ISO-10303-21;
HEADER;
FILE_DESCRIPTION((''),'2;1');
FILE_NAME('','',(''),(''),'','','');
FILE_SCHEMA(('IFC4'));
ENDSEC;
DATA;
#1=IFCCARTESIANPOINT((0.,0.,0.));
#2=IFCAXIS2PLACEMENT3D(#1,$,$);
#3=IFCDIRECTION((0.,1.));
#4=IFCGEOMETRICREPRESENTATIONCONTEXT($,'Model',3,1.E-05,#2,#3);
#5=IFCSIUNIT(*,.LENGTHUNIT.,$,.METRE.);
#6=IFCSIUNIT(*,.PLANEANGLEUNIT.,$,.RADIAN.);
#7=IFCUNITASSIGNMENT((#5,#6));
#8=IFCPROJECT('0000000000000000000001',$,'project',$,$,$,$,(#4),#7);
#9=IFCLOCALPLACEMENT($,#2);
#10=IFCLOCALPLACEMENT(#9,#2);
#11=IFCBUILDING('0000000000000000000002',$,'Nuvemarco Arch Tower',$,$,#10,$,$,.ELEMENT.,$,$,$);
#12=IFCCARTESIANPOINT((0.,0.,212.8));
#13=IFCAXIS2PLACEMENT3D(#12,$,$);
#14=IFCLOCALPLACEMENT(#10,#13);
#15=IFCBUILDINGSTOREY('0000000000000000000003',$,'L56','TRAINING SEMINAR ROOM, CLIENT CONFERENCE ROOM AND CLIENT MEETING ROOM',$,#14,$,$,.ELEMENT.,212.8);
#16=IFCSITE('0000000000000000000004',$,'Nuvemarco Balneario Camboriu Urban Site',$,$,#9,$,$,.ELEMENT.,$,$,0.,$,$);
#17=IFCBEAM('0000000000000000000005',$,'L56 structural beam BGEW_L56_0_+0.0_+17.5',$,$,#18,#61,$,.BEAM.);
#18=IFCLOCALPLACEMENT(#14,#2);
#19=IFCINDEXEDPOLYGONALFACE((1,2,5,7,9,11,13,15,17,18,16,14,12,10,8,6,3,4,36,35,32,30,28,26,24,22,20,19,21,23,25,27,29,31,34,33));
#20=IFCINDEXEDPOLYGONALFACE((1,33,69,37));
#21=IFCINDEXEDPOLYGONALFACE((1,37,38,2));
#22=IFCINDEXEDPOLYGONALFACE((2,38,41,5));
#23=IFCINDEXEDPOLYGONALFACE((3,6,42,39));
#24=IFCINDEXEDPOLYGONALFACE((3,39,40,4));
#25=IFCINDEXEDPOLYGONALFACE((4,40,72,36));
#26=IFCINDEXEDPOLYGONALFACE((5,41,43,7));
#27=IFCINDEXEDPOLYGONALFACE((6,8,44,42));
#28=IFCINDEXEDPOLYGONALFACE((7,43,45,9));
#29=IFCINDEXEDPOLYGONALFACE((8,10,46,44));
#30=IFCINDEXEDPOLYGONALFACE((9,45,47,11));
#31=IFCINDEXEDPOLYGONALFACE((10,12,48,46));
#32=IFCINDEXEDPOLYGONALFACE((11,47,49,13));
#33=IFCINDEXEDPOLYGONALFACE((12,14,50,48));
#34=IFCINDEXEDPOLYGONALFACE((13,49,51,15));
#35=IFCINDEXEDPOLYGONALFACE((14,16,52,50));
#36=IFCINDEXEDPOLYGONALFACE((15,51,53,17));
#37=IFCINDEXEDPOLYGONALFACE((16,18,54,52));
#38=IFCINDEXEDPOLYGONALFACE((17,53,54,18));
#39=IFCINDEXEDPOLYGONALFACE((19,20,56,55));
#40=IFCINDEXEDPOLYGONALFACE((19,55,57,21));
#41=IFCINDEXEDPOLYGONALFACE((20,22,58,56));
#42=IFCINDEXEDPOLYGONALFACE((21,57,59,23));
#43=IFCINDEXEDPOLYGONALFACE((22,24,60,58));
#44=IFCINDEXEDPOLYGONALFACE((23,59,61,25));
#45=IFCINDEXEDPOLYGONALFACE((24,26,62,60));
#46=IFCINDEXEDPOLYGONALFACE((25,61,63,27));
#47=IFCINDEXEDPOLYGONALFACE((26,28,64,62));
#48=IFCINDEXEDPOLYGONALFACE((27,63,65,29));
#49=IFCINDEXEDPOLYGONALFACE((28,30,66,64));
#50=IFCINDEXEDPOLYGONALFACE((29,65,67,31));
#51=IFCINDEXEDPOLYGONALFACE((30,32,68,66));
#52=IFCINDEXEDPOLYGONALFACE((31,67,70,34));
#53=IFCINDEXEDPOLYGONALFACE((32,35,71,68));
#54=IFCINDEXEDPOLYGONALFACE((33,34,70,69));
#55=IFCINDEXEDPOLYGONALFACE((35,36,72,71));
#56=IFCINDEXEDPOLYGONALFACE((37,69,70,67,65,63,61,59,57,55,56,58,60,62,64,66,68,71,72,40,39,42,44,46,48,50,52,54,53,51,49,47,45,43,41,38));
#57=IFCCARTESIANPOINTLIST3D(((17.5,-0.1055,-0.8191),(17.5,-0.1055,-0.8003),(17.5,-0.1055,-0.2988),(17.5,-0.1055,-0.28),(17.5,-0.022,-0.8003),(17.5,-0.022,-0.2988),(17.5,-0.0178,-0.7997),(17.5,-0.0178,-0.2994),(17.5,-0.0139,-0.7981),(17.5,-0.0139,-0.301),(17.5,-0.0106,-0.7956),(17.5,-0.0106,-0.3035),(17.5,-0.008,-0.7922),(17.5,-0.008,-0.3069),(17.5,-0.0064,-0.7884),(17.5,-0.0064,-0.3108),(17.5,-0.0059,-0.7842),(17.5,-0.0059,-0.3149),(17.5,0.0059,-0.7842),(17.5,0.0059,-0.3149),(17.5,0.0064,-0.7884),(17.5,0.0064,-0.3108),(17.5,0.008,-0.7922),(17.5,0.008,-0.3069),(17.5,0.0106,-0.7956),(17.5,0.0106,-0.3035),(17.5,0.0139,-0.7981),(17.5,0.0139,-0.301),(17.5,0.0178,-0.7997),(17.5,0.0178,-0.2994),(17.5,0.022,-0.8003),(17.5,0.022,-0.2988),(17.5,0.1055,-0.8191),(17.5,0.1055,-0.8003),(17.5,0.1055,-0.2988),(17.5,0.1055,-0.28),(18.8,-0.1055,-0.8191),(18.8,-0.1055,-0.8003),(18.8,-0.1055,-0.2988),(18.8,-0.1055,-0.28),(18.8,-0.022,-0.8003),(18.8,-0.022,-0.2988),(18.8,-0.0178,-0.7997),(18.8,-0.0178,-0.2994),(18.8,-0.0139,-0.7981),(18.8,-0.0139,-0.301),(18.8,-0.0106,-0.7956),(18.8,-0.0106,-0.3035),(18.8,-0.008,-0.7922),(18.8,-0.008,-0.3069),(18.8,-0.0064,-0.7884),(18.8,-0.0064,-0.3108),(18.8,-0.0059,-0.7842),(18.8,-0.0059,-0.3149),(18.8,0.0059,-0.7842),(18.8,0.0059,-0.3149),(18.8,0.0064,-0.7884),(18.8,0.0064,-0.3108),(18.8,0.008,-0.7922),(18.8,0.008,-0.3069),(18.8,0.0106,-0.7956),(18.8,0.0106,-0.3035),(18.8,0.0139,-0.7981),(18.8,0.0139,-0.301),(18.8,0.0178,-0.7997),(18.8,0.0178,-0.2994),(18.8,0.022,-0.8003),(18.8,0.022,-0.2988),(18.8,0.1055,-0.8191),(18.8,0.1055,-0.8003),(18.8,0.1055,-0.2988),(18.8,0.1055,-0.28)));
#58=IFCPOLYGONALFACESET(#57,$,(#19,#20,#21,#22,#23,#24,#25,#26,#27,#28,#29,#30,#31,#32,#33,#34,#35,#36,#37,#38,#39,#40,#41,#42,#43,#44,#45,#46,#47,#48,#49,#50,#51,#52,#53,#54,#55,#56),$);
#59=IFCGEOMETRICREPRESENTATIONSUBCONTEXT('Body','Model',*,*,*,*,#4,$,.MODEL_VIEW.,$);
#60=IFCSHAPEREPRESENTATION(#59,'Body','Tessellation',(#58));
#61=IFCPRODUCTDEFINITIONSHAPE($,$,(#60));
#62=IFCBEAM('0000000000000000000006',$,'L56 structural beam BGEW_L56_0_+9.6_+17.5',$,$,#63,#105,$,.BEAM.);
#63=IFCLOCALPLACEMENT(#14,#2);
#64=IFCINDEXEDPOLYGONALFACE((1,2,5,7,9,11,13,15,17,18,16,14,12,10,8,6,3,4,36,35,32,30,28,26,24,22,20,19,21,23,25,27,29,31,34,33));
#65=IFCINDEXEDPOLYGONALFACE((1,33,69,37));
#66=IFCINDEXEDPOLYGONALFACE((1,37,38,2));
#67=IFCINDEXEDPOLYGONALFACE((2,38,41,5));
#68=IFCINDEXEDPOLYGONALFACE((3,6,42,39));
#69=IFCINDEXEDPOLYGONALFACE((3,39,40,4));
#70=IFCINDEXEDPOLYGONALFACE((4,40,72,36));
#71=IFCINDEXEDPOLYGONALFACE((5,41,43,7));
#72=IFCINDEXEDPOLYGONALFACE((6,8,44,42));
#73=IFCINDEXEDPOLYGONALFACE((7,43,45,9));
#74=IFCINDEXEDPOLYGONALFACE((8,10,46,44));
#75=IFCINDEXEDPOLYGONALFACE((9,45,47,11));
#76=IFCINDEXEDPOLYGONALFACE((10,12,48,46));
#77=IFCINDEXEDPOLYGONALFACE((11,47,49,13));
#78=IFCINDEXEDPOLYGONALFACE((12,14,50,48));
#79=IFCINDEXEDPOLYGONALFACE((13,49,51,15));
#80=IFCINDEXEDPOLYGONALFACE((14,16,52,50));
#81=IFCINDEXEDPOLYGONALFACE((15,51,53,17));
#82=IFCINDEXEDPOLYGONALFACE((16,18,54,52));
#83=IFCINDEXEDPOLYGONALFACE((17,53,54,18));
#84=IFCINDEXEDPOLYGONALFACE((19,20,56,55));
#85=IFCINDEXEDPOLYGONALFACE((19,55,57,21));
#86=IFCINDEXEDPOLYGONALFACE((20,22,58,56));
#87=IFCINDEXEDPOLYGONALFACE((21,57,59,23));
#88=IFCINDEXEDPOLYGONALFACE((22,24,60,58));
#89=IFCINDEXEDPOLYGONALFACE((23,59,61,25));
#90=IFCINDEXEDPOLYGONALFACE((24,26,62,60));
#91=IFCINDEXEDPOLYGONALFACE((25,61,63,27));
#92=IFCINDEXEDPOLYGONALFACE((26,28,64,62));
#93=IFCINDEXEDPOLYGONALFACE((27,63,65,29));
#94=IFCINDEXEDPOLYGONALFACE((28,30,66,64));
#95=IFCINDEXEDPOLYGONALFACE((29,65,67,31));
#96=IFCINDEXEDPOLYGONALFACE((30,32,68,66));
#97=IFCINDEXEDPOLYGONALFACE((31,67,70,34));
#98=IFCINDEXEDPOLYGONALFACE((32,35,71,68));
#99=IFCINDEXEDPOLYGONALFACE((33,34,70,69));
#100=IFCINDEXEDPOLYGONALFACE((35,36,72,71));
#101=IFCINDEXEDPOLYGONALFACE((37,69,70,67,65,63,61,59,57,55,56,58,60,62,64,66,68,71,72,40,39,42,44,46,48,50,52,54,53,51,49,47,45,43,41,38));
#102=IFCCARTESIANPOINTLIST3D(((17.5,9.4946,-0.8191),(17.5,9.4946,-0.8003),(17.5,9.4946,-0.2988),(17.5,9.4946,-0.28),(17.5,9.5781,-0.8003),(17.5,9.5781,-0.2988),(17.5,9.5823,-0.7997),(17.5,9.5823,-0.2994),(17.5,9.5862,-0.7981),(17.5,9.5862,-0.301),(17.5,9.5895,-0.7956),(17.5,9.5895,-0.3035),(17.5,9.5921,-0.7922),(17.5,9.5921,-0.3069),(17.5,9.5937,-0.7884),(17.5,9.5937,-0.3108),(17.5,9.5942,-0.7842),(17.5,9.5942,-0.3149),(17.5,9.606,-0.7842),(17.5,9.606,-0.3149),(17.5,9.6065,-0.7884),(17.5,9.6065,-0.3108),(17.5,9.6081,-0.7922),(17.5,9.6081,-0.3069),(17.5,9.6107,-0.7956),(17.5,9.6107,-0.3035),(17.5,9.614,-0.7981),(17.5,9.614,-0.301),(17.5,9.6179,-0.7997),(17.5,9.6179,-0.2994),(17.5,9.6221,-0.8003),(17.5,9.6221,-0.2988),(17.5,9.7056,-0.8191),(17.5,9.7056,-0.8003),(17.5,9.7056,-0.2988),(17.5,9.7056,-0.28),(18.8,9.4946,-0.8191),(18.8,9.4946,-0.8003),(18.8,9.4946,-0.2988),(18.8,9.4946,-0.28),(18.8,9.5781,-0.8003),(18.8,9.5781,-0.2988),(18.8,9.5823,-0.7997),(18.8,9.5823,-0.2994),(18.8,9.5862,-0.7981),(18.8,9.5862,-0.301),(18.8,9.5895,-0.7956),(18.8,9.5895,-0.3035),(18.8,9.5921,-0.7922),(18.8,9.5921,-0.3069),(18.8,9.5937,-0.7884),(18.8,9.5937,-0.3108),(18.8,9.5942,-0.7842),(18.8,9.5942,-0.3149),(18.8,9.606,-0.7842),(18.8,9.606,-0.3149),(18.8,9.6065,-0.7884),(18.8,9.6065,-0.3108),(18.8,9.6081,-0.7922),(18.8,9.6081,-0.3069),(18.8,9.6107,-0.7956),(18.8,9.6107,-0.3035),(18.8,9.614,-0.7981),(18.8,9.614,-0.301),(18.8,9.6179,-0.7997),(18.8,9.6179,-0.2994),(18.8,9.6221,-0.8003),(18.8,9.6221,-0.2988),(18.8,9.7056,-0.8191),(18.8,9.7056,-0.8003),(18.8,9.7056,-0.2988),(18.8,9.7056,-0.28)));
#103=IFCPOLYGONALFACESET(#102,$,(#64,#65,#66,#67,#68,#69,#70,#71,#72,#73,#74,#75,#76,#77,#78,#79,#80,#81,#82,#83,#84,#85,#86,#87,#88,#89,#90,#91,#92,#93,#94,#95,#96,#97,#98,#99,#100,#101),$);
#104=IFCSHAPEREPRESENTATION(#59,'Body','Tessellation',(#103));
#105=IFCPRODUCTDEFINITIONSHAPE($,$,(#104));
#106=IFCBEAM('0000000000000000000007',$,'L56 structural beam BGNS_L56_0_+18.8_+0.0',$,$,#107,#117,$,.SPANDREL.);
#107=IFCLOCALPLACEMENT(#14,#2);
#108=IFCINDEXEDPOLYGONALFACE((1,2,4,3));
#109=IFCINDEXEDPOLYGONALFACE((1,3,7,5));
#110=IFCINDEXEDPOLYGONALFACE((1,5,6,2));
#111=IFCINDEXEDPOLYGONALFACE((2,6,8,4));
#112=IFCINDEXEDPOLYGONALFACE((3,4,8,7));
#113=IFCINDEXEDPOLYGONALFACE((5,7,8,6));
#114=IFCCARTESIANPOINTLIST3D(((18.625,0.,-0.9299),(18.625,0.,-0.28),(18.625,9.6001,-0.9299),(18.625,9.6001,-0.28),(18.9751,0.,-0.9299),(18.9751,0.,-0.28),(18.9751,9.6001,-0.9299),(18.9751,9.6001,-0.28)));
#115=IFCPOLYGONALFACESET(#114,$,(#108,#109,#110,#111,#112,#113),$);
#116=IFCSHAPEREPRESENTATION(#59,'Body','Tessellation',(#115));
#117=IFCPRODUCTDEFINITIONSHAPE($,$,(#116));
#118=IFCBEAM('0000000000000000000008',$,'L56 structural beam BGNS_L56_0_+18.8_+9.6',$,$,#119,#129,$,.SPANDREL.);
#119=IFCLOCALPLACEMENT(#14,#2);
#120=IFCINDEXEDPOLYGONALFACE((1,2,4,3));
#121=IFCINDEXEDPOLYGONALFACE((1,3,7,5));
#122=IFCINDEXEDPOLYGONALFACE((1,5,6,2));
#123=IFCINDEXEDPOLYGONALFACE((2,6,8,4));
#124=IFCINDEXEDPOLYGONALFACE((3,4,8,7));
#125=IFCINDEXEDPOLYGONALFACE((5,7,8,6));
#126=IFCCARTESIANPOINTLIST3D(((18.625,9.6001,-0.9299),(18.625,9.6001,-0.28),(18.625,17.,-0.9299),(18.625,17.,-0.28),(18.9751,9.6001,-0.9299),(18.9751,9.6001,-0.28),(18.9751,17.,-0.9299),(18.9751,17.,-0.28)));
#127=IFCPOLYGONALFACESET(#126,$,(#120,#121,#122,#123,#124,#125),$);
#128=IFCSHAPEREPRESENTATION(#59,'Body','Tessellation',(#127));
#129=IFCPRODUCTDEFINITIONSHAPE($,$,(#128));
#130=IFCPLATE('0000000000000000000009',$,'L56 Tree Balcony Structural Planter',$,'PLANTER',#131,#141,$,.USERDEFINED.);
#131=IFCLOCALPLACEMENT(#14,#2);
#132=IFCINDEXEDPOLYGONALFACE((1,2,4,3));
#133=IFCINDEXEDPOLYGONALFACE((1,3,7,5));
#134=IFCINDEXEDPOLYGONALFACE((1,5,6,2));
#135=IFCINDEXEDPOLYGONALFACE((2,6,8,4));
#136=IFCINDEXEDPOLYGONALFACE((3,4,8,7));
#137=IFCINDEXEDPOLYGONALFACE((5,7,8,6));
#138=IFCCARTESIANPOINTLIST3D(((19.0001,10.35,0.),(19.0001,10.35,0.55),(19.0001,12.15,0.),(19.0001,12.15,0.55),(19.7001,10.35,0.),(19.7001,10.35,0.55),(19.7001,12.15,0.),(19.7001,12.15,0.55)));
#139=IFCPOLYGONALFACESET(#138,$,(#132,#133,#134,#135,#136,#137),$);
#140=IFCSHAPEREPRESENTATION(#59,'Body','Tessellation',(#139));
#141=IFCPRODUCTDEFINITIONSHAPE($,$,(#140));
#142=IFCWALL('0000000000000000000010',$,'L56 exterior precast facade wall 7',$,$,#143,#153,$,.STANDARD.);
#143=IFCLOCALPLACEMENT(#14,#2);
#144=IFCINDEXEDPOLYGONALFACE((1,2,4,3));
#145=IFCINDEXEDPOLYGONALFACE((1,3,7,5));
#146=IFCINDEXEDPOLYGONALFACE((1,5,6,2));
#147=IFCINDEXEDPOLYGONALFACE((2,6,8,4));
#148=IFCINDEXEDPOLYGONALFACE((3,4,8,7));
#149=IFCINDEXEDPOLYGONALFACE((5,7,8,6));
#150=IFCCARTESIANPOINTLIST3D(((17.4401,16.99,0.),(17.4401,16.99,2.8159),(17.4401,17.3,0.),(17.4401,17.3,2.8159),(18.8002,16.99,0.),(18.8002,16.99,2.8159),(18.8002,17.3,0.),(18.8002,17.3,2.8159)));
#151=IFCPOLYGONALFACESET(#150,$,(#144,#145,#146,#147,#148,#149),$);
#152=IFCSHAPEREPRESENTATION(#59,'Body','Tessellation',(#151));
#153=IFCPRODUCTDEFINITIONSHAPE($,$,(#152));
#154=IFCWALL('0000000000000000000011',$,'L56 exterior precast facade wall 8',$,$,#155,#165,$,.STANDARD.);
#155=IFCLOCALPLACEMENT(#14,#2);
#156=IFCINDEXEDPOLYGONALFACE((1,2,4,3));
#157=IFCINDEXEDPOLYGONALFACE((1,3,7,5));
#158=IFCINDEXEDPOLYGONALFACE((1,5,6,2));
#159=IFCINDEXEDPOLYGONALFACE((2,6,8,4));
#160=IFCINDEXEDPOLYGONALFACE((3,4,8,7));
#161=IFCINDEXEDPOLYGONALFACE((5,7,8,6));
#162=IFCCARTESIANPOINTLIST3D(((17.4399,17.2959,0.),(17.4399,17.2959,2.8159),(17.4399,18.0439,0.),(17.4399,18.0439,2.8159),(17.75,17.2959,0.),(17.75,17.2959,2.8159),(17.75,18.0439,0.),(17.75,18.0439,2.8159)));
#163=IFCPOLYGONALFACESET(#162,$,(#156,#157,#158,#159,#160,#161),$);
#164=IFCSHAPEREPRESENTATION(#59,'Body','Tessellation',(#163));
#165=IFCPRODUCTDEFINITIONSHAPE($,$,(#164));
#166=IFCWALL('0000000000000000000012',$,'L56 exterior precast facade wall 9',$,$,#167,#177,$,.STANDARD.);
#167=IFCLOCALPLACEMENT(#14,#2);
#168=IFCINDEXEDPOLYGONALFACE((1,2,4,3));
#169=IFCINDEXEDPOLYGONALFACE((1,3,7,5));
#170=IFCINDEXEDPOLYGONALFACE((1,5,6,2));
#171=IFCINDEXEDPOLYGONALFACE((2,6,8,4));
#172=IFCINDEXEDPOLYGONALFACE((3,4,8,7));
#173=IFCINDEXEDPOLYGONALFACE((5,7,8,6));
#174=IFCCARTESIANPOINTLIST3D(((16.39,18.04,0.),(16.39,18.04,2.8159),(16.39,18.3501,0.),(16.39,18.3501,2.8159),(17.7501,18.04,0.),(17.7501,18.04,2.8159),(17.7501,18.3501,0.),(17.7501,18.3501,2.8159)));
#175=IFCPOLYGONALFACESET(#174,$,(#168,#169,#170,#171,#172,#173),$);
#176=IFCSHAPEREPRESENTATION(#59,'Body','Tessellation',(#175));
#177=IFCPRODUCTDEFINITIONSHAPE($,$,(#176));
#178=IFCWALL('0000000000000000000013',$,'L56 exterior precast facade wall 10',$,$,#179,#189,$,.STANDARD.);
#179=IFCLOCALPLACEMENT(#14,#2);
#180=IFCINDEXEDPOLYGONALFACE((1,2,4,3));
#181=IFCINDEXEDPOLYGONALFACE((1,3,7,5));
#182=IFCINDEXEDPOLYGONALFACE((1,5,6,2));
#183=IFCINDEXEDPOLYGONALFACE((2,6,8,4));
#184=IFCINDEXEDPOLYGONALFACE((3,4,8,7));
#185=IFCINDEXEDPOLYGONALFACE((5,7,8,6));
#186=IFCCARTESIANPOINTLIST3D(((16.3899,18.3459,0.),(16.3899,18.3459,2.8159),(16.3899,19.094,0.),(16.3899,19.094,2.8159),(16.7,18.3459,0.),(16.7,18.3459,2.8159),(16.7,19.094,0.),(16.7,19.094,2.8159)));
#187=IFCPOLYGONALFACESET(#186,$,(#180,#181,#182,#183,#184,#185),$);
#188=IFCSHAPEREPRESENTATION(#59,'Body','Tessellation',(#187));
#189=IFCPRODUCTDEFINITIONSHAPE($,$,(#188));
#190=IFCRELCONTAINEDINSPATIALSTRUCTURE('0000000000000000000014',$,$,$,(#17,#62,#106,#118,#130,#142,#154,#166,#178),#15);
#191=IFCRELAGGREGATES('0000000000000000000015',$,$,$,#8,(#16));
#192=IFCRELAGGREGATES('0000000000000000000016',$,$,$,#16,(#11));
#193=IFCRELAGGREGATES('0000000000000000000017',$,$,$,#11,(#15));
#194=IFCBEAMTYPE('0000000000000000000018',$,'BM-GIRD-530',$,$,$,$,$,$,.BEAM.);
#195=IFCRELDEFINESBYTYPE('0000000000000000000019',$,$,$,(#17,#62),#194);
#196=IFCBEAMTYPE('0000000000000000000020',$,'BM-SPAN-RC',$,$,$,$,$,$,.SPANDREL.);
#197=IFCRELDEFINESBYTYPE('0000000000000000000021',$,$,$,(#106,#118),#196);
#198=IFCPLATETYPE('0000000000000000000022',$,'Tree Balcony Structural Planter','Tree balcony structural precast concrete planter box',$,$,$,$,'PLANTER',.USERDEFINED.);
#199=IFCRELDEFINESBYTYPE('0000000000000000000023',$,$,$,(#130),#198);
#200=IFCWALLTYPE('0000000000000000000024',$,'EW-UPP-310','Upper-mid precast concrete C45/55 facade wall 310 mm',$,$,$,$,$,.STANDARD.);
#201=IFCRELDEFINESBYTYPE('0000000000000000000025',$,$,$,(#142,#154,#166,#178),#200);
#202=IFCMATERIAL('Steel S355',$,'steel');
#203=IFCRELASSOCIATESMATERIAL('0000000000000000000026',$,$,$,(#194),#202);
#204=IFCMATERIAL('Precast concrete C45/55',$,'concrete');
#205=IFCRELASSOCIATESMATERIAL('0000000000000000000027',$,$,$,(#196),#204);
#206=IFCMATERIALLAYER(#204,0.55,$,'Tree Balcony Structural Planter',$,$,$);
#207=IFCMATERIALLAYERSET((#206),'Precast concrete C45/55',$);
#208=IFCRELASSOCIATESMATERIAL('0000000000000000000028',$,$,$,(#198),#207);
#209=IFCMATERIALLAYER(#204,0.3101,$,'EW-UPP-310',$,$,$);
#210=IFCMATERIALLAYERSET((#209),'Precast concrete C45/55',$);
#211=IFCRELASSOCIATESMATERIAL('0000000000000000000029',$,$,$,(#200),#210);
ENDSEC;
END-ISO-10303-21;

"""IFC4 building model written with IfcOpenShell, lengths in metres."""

from ifc_helpers import new_model, si_unit, direction, frame, frame_2d, origin, origin_2d, place, context, subcontext, project, spatial, rectangle, i_section, extrude, source, transform, mapped, material, layer, layer_set, material_profile, profile_set, type_object, type_shapes, element, save


model = new_model("IFC4")

# Units and contexts
model_context = context("Model", 3, precision=1e-05, world=origin(), true_north=direction((0.0, 1.0)))
body_context = subcontext(model_context, "Body", "Model", "MODEL_VIEW")
ifc_project = project(units=[si_unit("LENGTHUNIT", "METRE"), si_unit("PLANEANGLEUNIT", "RADIAN")], contexts=[model_context])

# Site, building, storey
site_placement = place(None, origin())
site = spatial("IfcSite", under=ifc_project, at=site_placement, Name="Nuvemarco Balneario Camboriu Urban Site", CompositionType="ELEMENT", RefElevation=0.0)
building_placement = place(site_placement, origin())
building = spatial("IfcBuilding", under=site, at=building_placement, Name="Nuvemarco Arch Tower", CompositionType="ELEMENT")
storey_placement = place(building_placement, frame((0.0, 0.0, 212.8)))
storey = spatial("IfcBuildingStorey", under=building, at=storey_placement, Name="L56", Description="TRAINING SEMINAR ROOM, CLIENT CONFERENCE ROOM AND CLIENT MEETING ROOM", CompositionType="ELEMENT", Elevation=212.8)

# Shared definitions
ifc_material_1 = material(Name="Steel S355", Category="steel")

# Beams
ifc_material_profile_1 = material_profile(ifc_material_1, i_section(OverallWidth=0.2109, OverallDepth=0.5391, WebThickness=0.0117, FlangeThickness=0.0188, FilletRadius=0.0161, at=origin_2d()), Name="W530x109")
ifc_profile_set_1 = profile_set([ifc_material_profile_1], Name="Steel S355")
beam_type_1 = type_object("IfcBeamType", Name="BM-GIRD-530", PredefinedType="BEAM", material=ifc_profile_set_1)
for number, where, z_axis, x_axis, name in (
    (1, (17.5, 0.0, -0.5496), (1.0, 0.0, 0.0), (0.0, 1.0, 0.0), "L56 structural beam BGEW_L56_0_+0.0_+17.5"),
    (2, (17.5, 9.6001, -0.5496), (1.0, 0.0, 0.0), (0.0, 1.0, 0.0), "L56 structural beam BGEW_L56_0_+9.6_+17.5"),
):
    element("IfcBeam", number, at=place(storey_placement, frame(where, z_axis=z_axis, x_axis=x_axis)), inside=storey, type_object=beam_type_1, Name=name, PredefinedType="BEAM", context=body_context, shape_type="SweptSolid", body=[
        extrude(i_section(OverallWidth=0.2109, OverallDepth=0.5391, WebThickness=0.0117, FlangeThickness=0.0188, FilletRadius=0.0161, at=origin_2d()), origin(), (0.0, 0.0, 1.0), 1.3),
    ])
ifc_material_2 = material(Name="Precast concrete C45/55", Category="concrete")
ifc_material_profile_2 = material_profile(ifc_material_2, rectangle(XDim=0.3501, YDim=0.6499, at=origin_2d()), Name="PC-SP-350x650")
ifc_profile_set_2 = profile_set([ifc_material_profile_2], Name="Precast concrete C45/55")
beam_type_2 = type_object("IfcBeamType", Name="BM-SPAN-RC", PredefinedType="SPANDREL", material=ifc_profile_set_2)
beam_1_placement = place(storey_placement, frame((18.8, 0.0, -0.605), z_axis=(0.0, 1.0, 0.0), x_axis=(-1.0, 0.0, 0.0)))
element("IfcBeam", 3, at=beam_1_placement, inside=storey, type_object=beam_type_2, Name="L56 structural beam BGNS_L56_0_+18.8_+0.0", PredefinedType="SPANDREL", context=body_context, shape_type="SweptSolid", body=[
    extrude(rectangle(XDim=0.3501, YDim=0.6499, at=origin_2d()), origin(), (0.0, 0.0, 1.0), 9.6001),
])
beam_2_placement = place(storey_placement, frame((18.8, 9.6001, -0.605), z_axis=(0.0, 1.0, 0.0), x_axis=(-1.0, 0.0, 0.0)))
element("IfcBeam", 4, at=beam_2_placement, inside=storey, type_object=beam_type_2, Name="L56 structural beam BGNS_L56_0_+18.8_+9.6", PredefinedType="SPANDREL", context=body_context, shape_type="SweptSolid", body=[
    extrude(rectangle(XDim=0.3501, YDim=0.6499, at=origin_2d()), origin(), (0.0, 0.0, 1.0), 7.3999),
])

# Plate
ifc_layer_1 = layer(ifc_material_2, 0.55, Name="Tree Balcony Structural Planter")
ifc_layer_set_1 = layer_set([ifc_layer_1], Name="Precast concrete C45/55")
plate_type = type_object("IfcPlateType", Name="Tree Balcony Structural Planter", Description="Tree balcony structural precast concrete planter box", ElementType="PLANTER", PredefinedType="USERDEFINED", material=ifc_layer_set_1)
shared_shape_1 = source(origin(), body_context, "Body", "SweptSolid", [
    extrude(rectangle(XDim=1.8, YDim=0.7, at=origin_2d()), origin(), (0.0, 0.0, 1.0), 0.55),
])
type_shapes(plate_type, [shared_shape_1])
plate_placement = place(storey_placement, frame((19.3501, 11.25, 0.0), z_axis=(0.0, 0.0, 1.0), x_axis=(0.0, 1.0, 0.0)))
element("IfcPlate", 5, at=plate_placement, inside=storey, type_object=plate_type, Name="L56 Tree Balcony Structural Planter", ObjectType="PLANTER", PredefinedType="USERDEFINED", context=body_context, shape_type="MappedRepresentation", body=[
    mapped(shared_shape_1, transform((0.0, 0.0, 0.0), scale=1.0)),
])

# Walls
ifc_layer_2 = layer(ifc_material_2, 0.3101, Name="EW-UPP-310")
ifc_layer_set_2 = layer_set([ifc_layer_2], Name="Precast concrete C45/55")
wall_type_1 = type_object("IfcWallType", Name="EW-UPP-310", Description="Upper-mid precast concrete C45/55 facade wall 310 mm", PredefinedType="STANDARD", material=ifc_layer_set_2)
wall_1_placement = place(storey_placement, frame((17.4399, 17.145, 0.0), z_axis=(0.0, 0.0, 1.0), x_axis=(1.0, 0.0, 0.0)))
element("IfcWall", 6, at=wall_1_placement, inside=storey, type_object=wall_type_1, Name="L56 exterior precast facade wall 7", PredefinedType="STANDARD", context=body_context, shape_type="SweptSolid", body=[
    extrude(rectangle(XDim=1.3601, YDim=0.3101, at=frame_2d((0.6802, 0.0))), origin(), (0.0, 0.0, 1.0), 2.8159),
])
wall_2_placement = place(storey_placement, frame((17.595, 17.2959, 0.0), z_axis=(0.0, 0.0, 1.0), x_axis=(0.0, 1.0, 0.0)))
element("IfcWall", 7, at=wall_2_placement, inside=storey, type_object=wall_type_1, Name="L56 exterior precast facade wall 8", PredefinedType="STANDARD", context=body_context, shape_type="SweptSolid", body=[
    extrude(rectangle(XDim=0.748, YDim=0.3101, at=frame_2d((0.374, 0.0))), origin(), (0.0, 0.0, 1.0), 2.8159),
])
wall_3_placement = place(storey_placement, frame((16.3899, 18.1951, 0.0), z_axis=(0.0, 0.0, 1.0), x_axis=(1.0, 0.0, 0.0)))
element("IfcWall", 8, at=wall_3_placement, inside=storey, type_object=wall_type_1, Name="L56 exterior precast facade wall 9", PredefinedType="STANDARD", context=body_context, shape_type="SweptSolid", body=[
    extrude(rectangle(XDim=1.3601, YDim=0.3101, at=frame_2d((0.6802, 0.0))), origin(), (0.0, 0.0, 1.0), 2.8159),
])
wall_4_placement = place(storey_placement, frame((16.5449, 18.3459, 0.0), z_axis=(0.0, 0.0, 1.0), x_axis=(0.0, 1.0, 0.0)))
element("IfcWall", 9, at=wall_4_placement, inside=storey, type_object=wall_type_1, Name="L56 exterior precast facade wall 10", PredefinedType="STANDARD", context=body_context, shape_type="SweptSolid", body=[
    extrude(rectangle(XDim=0.748, YDim=0.3101, at=frame_2d((0.374, 0.0))), origin(), (0.0, 0.0, 1.0), 2.8159),
])

save(model, "model.ifc")
